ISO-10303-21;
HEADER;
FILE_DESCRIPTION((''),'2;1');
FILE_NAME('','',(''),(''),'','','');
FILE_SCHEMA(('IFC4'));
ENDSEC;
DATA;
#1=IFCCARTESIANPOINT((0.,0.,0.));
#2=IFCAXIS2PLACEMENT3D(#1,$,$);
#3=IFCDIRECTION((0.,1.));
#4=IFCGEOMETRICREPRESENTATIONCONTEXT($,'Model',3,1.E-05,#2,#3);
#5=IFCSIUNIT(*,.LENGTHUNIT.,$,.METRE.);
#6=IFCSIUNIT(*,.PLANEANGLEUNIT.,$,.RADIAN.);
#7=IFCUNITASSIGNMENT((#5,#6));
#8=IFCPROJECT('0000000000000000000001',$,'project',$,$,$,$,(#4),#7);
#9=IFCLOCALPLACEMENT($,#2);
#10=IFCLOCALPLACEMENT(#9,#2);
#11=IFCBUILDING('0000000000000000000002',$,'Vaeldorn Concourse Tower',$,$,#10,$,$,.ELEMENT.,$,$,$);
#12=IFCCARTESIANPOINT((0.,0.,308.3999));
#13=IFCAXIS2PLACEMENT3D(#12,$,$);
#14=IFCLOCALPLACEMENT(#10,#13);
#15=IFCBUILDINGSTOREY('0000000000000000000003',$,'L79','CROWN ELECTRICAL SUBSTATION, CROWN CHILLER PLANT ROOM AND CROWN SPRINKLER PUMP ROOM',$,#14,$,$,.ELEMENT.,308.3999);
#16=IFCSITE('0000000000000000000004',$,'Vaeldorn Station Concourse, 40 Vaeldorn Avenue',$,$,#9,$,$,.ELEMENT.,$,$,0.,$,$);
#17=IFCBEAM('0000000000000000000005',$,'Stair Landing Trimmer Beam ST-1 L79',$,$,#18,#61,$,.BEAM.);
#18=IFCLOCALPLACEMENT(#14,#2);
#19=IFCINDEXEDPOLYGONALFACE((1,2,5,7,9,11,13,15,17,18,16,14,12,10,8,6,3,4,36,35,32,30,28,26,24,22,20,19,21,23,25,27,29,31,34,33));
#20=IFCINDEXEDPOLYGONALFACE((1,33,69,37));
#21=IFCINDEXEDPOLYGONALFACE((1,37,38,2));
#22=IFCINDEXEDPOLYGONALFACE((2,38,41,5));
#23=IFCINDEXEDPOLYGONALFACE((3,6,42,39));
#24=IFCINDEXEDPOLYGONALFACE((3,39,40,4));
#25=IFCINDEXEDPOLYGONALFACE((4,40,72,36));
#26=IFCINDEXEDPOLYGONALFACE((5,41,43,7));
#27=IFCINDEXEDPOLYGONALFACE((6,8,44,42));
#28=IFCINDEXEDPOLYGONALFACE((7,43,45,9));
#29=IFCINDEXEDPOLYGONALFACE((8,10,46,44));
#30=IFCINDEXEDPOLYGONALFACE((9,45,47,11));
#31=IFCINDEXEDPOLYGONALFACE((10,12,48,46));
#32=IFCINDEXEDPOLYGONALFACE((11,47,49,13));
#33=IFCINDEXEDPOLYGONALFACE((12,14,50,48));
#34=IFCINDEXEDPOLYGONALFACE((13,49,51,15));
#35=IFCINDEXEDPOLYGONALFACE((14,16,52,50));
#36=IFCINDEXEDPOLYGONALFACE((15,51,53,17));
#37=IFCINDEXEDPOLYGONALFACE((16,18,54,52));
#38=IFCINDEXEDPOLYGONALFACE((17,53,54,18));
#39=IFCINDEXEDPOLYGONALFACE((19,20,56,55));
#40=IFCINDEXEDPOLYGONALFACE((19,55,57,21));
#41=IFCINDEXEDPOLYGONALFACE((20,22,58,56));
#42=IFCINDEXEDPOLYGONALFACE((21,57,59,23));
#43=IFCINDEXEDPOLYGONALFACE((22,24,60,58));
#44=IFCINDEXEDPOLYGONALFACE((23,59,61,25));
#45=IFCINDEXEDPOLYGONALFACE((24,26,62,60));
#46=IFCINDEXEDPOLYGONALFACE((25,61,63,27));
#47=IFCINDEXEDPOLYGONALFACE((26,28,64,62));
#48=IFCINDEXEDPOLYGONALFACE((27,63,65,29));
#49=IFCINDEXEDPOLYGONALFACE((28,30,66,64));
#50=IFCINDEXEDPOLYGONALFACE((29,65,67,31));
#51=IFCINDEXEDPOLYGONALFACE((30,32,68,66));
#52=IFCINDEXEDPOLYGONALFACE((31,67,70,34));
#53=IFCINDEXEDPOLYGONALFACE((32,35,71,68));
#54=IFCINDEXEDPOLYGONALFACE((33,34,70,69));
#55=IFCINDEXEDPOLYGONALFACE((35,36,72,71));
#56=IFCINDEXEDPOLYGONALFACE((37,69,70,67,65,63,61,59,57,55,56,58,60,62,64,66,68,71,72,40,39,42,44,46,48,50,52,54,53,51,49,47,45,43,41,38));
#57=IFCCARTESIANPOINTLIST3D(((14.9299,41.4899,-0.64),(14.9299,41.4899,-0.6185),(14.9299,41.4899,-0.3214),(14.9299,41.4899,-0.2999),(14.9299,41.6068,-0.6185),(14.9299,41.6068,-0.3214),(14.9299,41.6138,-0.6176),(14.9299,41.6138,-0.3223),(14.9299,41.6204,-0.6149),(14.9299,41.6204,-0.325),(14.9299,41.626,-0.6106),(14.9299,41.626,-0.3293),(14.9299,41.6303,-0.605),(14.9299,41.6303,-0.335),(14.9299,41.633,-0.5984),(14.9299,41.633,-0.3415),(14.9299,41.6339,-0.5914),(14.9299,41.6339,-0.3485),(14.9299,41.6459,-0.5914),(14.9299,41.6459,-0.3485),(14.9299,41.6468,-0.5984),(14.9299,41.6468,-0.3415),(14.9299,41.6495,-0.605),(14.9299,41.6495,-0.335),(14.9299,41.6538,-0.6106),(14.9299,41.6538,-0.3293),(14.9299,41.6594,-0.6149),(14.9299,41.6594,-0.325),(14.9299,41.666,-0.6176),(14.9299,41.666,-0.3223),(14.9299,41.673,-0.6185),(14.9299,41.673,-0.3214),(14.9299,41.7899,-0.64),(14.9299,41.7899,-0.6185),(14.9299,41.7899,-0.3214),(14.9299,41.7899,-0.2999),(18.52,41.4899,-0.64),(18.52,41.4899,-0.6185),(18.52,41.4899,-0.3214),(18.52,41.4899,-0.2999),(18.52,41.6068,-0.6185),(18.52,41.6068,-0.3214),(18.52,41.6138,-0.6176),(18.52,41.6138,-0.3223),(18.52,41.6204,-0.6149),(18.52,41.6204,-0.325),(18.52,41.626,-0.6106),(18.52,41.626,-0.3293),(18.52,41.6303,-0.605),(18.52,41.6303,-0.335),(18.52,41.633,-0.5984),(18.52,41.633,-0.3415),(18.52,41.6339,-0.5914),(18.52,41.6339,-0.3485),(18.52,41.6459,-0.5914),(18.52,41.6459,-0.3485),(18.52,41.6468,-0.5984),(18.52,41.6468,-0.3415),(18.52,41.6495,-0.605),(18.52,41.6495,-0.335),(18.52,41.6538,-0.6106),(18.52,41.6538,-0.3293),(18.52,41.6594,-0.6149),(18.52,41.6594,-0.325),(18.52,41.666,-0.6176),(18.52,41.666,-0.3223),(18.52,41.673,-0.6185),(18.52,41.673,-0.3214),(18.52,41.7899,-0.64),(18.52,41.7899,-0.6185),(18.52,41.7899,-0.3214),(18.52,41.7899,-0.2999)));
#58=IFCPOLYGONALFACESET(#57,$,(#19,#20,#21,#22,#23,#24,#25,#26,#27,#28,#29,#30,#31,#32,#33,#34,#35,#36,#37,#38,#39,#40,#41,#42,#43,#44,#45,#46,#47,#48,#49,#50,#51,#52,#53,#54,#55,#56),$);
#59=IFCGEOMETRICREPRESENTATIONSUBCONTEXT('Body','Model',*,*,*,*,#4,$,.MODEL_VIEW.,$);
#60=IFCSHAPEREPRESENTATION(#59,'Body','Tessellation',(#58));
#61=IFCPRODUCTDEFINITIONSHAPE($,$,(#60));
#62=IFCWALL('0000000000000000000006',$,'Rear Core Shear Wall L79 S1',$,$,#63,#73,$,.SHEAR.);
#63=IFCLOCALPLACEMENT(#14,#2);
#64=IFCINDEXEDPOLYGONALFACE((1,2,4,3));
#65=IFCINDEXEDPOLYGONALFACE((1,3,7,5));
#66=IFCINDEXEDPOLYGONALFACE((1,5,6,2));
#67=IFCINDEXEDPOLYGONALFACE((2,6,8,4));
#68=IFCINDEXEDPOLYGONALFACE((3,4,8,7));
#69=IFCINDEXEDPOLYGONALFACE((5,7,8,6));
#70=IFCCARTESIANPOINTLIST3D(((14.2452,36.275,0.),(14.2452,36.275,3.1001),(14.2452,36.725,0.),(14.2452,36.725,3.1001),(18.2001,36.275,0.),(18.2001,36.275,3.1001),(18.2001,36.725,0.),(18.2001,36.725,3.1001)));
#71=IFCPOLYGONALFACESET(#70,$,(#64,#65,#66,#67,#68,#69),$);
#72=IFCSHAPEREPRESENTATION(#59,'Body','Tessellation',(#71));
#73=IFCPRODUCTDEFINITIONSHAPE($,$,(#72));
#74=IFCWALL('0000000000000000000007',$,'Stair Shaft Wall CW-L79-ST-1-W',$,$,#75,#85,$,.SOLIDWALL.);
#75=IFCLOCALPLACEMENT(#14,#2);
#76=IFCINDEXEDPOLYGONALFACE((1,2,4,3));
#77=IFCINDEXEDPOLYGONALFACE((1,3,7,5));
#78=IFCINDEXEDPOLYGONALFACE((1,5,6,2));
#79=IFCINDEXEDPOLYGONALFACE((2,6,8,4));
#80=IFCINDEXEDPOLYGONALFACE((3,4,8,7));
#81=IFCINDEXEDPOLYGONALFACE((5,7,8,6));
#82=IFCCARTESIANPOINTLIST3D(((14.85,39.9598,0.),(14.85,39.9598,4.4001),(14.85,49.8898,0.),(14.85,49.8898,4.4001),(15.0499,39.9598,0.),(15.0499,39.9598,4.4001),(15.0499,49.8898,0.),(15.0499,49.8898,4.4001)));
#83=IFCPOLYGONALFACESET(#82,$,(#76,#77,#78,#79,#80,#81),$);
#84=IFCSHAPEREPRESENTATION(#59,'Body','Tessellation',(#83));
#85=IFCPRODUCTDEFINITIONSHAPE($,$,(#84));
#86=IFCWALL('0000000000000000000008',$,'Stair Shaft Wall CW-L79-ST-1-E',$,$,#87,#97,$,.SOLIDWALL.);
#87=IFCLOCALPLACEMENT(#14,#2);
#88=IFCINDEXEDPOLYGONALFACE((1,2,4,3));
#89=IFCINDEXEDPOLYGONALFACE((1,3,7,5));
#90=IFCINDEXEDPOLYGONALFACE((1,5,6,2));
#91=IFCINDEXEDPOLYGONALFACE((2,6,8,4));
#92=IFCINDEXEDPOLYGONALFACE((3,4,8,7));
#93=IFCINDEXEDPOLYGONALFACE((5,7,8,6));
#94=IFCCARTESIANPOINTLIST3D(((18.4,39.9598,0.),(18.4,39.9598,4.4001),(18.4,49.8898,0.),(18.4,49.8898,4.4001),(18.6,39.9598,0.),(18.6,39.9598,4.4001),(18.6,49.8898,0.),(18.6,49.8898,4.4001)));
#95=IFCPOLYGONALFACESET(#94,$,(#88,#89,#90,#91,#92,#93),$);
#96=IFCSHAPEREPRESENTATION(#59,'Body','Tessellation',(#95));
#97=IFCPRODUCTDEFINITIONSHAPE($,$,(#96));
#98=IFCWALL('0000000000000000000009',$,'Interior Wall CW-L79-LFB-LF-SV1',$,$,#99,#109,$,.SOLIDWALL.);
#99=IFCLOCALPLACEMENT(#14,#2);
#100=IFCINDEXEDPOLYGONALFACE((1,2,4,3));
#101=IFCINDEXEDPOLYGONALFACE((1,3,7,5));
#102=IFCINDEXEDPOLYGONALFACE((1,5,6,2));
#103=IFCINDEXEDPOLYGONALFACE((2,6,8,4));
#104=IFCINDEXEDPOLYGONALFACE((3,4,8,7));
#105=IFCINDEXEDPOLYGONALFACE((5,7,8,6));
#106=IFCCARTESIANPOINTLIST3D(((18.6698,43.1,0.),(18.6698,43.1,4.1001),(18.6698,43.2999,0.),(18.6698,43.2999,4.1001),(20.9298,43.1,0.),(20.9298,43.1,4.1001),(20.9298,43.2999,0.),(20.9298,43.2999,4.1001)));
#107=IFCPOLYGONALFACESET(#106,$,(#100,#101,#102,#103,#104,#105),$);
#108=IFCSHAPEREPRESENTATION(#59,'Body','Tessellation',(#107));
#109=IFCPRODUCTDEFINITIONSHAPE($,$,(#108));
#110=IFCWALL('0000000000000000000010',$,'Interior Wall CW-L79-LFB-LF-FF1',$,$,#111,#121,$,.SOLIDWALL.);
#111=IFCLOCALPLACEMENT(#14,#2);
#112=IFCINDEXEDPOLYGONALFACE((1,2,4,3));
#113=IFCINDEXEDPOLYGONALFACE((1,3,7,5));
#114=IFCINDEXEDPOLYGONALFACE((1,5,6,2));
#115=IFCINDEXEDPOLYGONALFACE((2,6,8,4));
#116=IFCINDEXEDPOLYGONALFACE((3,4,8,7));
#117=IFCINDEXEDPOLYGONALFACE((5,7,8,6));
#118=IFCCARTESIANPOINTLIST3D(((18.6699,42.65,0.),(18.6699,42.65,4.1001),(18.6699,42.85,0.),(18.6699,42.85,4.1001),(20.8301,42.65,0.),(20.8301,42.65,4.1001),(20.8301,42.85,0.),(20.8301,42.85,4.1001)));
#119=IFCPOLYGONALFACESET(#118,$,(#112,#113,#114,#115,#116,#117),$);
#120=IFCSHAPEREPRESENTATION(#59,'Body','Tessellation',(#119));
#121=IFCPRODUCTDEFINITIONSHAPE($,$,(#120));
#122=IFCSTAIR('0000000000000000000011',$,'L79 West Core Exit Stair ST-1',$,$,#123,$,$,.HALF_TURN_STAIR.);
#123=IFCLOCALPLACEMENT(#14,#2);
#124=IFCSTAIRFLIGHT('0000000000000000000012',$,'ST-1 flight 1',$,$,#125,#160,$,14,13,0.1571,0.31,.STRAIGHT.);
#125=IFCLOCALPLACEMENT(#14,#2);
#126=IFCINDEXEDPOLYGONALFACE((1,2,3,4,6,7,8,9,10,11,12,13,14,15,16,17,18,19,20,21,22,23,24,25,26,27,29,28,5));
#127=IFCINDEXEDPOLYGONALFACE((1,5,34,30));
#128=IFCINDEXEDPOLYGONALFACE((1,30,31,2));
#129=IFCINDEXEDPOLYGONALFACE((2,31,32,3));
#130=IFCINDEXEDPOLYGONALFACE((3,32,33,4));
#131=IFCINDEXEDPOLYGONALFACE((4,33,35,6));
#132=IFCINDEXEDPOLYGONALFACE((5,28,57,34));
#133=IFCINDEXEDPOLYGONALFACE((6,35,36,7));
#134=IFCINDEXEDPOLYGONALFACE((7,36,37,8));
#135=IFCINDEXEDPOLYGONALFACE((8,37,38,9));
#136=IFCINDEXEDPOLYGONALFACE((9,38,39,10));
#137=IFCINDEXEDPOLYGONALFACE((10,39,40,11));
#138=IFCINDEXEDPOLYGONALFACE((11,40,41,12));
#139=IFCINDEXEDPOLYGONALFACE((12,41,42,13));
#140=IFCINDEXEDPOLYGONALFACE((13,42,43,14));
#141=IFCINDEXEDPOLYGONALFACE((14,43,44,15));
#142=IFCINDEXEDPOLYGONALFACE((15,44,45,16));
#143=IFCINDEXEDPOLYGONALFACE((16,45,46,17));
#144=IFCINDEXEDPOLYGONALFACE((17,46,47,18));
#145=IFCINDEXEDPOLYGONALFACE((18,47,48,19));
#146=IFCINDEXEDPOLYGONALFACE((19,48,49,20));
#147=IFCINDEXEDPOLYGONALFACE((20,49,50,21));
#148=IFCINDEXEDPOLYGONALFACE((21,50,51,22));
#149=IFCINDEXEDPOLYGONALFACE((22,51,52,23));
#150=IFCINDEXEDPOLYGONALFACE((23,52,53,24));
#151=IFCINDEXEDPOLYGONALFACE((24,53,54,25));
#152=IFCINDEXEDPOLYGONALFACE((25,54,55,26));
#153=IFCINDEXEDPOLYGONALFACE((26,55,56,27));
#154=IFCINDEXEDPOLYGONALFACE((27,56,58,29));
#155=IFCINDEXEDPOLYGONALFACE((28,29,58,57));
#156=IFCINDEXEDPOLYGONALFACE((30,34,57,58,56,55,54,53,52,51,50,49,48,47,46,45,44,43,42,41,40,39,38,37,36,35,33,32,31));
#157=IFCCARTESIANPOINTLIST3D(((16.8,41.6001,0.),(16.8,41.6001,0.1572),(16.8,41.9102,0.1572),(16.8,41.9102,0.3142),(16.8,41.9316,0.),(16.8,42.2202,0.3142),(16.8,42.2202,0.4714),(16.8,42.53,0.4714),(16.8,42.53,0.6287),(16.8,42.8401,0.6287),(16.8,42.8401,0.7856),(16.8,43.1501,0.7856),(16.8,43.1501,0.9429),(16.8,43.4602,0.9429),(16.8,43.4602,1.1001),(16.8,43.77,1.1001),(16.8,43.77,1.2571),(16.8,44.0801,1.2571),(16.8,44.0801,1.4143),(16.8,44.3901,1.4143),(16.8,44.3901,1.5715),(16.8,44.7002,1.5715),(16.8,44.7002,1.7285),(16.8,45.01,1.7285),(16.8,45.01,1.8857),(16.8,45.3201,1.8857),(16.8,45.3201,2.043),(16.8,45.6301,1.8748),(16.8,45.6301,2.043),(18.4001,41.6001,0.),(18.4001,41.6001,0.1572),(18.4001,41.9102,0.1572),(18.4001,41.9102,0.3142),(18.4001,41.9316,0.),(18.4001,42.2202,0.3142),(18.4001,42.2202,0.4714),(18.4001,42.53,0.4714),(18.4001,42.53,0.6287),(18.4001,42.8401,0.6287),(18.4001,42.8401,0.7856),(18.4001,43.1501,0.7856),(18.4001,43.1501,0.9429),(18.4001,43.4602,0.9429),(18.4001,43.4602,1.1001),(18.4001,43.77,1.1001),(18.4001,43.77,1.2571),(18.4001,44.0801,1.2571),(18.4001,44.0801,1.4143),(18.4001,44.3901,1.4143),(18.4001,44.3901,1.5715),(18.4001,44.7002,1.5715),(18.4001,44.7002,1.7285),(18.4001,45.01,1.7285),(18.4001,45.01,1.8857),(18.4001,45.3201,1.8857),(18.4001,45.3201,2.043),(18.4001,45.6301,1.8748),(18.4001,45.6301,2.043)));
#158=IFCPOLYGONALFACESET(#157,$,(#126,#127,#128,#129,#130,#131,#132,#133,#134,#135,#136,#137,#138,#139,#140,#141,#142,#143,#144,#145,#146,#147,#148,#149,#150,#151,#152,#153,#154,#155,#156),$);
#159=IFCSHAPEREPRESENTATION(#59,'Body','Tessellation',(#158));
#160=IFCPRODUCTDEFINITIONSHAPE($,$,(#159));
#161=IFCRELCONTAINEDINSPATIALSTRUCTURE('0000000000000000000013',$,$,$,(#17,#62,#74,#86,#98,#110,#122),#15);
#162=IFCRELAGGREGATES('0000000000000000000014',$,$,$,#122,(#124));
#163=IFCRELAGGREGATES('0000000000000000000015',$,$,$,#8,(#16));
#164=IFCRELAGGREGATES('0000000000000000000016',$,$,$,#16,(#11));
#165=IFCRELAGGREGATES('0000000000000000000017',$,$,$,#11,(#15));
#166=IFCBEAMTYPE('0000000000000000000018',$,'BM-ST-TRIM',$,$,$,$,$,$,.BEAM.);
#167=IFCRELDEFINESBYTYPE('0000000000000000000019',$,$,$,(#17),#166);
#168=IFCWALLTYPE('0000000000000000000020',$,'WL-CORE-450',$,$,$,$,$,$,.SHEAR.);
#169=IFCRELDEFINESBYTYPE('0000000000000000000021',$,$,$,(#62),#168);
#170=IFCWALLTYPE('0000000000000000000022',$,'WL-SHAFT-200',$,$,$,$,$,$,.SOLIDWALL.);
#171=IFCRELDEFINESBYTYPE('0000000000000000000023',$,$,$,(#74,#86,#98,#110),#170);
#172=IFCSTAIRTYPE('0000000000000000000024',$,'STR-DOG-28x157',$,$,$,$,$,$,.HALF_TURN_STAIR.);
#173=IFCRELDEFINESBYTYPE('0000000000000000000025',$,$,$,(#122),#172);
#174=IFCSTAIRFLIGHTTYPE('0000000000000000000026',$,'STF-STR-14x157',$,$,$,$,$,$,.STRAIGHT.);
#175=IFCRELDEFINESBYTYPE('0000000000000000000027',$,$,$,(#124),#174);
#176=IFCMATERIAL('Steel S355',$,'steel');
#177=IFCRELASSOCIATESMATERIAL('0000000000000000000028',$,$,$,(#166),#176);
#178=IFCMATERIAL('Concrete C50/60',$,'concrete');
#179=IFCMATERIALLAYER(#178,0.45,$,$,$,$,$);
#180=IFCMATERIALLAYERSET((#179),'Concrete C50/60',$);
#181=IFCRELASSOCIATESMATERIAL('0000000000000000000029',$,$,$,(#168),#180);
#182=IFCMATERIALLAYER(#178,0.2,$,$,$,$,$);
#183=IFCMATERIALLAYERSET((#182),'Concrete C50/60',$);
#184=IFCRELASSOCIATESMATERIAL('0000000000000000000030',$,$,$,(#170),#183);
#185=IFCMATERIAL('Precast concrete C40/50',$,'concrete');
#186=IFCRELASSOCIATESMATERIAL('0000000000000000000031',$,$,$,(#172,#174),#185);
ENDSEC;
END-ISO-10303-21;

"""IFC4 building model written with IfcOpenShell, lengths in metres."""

from ifc_helpers import new_model, si_unit, direction, frame, frame_2d, origin, origin_2d, place, context, subcontext, project, spatial, polyline, rectangle, i_section, outline, extrude, source, transform, mapped, material, layer, layer_set, material_profile, profile_set, type_object, element, aggregate, save


model = new_model("IFC4")

# Units and contexts
model_context = context("Model", 3, precision=1e-05, world=origin(), true_north=direction((0.0, 1.0)))
body_context = subcontext(model_context, "Body", "Model", "MODEL_VIEW")
ifc_project = project(units=[si_unit("LENGTHUNIT", "METRE"), si_unit("PLANEANGLEUNIT", "RADIAN")], contexts=[model_context])

# Site, building, storey
site_placement = place(None, origin())
site = spatial("IfcSite", under=ifc_project, at=site_placement, Name="Vaeldorn Station Concourse, 40 Vaeldorn Avenue", CompositionType="ELEMENT", RefElevation=0.0)
building_placement = place(site_placement, origin())
building = spatial("IfcBuilding", under=site, at=building_placement, Name="Vaeldorn Concourse Tower", CompositionType="ELEMENT")
storey_placement = place(building_placement, frame((0.0, 0.0, 308.3999)))
storey = spatial("IfcBuildingStorey", under=building, at=storey_placement, Name="L79", Description="CROWN ELECTRICAL SUBSTATION, CROWN CHILLER PLANT ROOM AND CROWN SPRINKLER PUMP ROOM", CompositionType="ELEMENT", Elevation=308.3999)

# Beam
ifc_material_1 = material(Name="Steel S355", Category="steel")
ifc_material_profile = material_profile(ifc_material_1, i_section(OverallWidth=0.3, OverallDepth=0.3401, WebThickness=0.012, FlangeThickness=0.0215, FilletRadius=0.0271, at=origin_2d()), Name="HEB 340")
ifc_profile_set = profile_set([ifc_material_profile], Name="Steel S355")
beam_type = type_object("IfcBeamType", Name="BM-ST-TRIM", PredefinedType="BEAM", material=ifc_profile_set)
shared_shape_1 = source(origin(), body_context, "Body", "SweptSolid", [
    extrude(i_section(OverallWidth=0.3, OverallDepth=0.3401, WebThickness=0.012, FlangeThickness=0.0215, FilletRadius=0.0271, at=origin_2d()), origin(), (0.0, 0.0, 1.0), 3.5901),
])
beam_placement = place(storey_placement, frame((14.9299, 41.6399, -0.47), z_axis=(1.0, 0.0, 0.0), x_axis=(0.0, 1.0, 0.0)))
element("IfcBeam", 1, at=beam_placement, inside=storey, type_object=beam_type, Name="Stair Landing Trimmer Beam ST-1 L79", PredefinedType="BEAM", context=body_context, shape_type="MappedRepresentation", body=[
    mapped(shared_shape_1, transform((0.0, 0.0, 0.0), scale=1.0)),
])

# Walls
ifc_material_2 = material(Name="Concrete C50/60", Category="concrete")
ifc_layer_1 = layer(ifc_material_2, 0.45)
ifc_layer_set_1 = layer_set([ifc_layer_1], Name="Concrete C50/60")
wall_type_1 = type_object("IfcWallType", Name="WL-CORE-450", PredefinedType="SHEAR", material=ifc_layer_set_1)
wall_1_placement = place(storey_placement, frame((14.2451, 36.5, 0.0), z_axis=(0.0, 0.0, 1.0), x_axis=(1.0, 0.0, 0.0)))
element("IfcWall", 2, at=wall_1_placement, inside=storey, type_object=wall_type_1, Name="Rear Core Shear Wall L79 S1", PredefinedType="SHEAR", context=body_context, shape_type="SweptSolid", body=[
    extrude(rectangle(XDim=3.9548, YDim=0.45, at=frame_2d((1.9775, 0.0))), origin(), (0.0, 0.0, 1.0), 3.1001),
])
ifc_layer_2 = layer(ifc_material_2, 0.2)
ifc_layer_set_2 = layer_set([ifc_layer_2], Name="Concrete C50/60")
wall_type_2 = type_object("IfcWallType", Name="WL-SHAFT-200", PredefinedType="SOLIDWALL", material=ifc_layer_set_2)
for number, where, z_axis, x_axis, name in (
    (3, (14.95, 39.96, 0.0), (0.0, 0.0, 1.0), (0.0, 1.0, 0.0), "Stair Shaft Wall CW-L79-ST-1-W"),
    (4, (18.5, 39.96, 0.0), (0.0, 0.0, 1.0), (0.0, 1.0, 0.0), "Stair Shaft Wall CW-L79-ST-1-E"),
):
    element("IfcWall", number, at=place(storey_placement, frame(where, z_axis=z_axis, x_axis=x_axis)), inside=storey, type_object=wall_type_2, Name=name, PredefinedType="SOLIDWALL", context=body_context, shape_type="SweptSolid", body=[
        extrude(rectangle(XDim=9.9299, YDim=0.2, at=frame_2d((4.9648, 0.0))), origin(), (0.0, 0.0, 1.0), 4.4001),
    ])

# Wall
wall_2_placement = place(storey_placement, frame((18.6699, 43.2, 0.0), z_axis=(0.0, 0.0, 1.0), x_axis=(1.0, 0.0, 0.0)))
element("IfcWall", 5, at=wall_2_placement, inside=storey, type_object=wall_type_2, Name="Interior Wall CW-L79-LFB-LF-SV1", PredefinedType="SOLIDWALL", context=body_context, shape_type="SweptSolid", body=[
    extrude(rectangle(XDim=2.26, YDim=0.2, at=frame_2d((1.1299, 0.0))), origin(), (0.0, 0.0, 1.0), 4.1001),
])

# Wall
wall_3_placement = place(storey_placement, frame((18.6699, 42.75, 0.0), z_axis=(0.0, 0.0, 1.0), x_axis=(1.0, 0.0, 0.0)))
element("IfcWall", 6, at=wall_3_placement, inside=storey, type_object=wall_type_2, Name="Interior Wall CW-L79-LFB-LF-FF1", PredefinedType="SOLIDWALL", context=body_context, shape_type="SweptSolid", body=[
    extrude(rectangle(XDim=2.1602, YDim=0.2, at=frame_2d((1.0801, 0.0))), origin(), (0.0, 0.0, 1.0), 4.1001),
])

# Stair, stair flight
ifc_material_3 = material(Name="Precast concrete C40/50", Category="concrete")
stair_type = type_object("IfcStairType", Name="STR-DOG-28x157", PredefinedType="HALF_TURN_STAIR", material=ifc_material_3)
stair_placement = place(storey_placement, origin())
stair = element("IfcStair", 7, at=stair_placement, inside=storey, type_object=stair_type, Name="L79 West Core Exit Stair ST-1", PredefinedType="HALF_TURN_STAIR")
stair_flight_type = type_object("IfcStairFlightType", Name="STF-STR-14x157", PredefinedType="STRAIGHT", material=ifc_material_3)
stair_flight_1_placement = place(storey_placement, frame((17.6001, 41.6001, 0.0), z_axis=(0.0, 0.0, 1.0), x_axis=(0.0, 1.0, 0.0)))
stair_flight_1 = element("IfcStairFlight", 8, at=stair_flight_1_placement, type_object=stair_flight_type, Name="ST-1 flight 1", NumberOfRisers=14, NumberOfTreads=13, PredefinedType="STRAIGHT", RiserHeight=0.1571, TreadLength=0.31, context=body_context, shape_type="SweptSolid", body=[
    extrude(outline(polyline([(0.0, 0.0), (0.0, 0.1572), (0.3101, 0.1572), (0.3101, 0.3142), (0.6201, 0.3142), (0.6201, 0.4714), (0.9299, 0.4714), (0.9299, 0.6287), (1.24, 0.6287), (1.24, 0.7856), (1.55, 0.7856), (1.55, 0.9429), (1.8601, 0.9429), (1.8601, 1.1001), (2.1699, 1.1001), (2.1699, 1.2571), (2.48, 1.2571), (2.48, 1.4143), (2.79, 1.4143), (2.79, 1.5715), (3.1001, 1.5715), (3.1001, 1.7285), (3.4099, 1.7285), (3.4099, 1.8857), (3.72, 1.8857), (3.72, 2.043), (4.03, 2.043), (4.03, 2.2), (4.03, 1.8748), (0.3315, 0.0), (0.0, 0.0)])), frame((0.0, 0.8, 0.0), z_axis=(0.0, -1.0, 0.0), x_axis=(1.0, 0.0, 0.0)), (0.0, 0.0, 1.0), 1.6001),
])
aggregate(stair, [stair_flight_1])

save(model, "model.ifc")
